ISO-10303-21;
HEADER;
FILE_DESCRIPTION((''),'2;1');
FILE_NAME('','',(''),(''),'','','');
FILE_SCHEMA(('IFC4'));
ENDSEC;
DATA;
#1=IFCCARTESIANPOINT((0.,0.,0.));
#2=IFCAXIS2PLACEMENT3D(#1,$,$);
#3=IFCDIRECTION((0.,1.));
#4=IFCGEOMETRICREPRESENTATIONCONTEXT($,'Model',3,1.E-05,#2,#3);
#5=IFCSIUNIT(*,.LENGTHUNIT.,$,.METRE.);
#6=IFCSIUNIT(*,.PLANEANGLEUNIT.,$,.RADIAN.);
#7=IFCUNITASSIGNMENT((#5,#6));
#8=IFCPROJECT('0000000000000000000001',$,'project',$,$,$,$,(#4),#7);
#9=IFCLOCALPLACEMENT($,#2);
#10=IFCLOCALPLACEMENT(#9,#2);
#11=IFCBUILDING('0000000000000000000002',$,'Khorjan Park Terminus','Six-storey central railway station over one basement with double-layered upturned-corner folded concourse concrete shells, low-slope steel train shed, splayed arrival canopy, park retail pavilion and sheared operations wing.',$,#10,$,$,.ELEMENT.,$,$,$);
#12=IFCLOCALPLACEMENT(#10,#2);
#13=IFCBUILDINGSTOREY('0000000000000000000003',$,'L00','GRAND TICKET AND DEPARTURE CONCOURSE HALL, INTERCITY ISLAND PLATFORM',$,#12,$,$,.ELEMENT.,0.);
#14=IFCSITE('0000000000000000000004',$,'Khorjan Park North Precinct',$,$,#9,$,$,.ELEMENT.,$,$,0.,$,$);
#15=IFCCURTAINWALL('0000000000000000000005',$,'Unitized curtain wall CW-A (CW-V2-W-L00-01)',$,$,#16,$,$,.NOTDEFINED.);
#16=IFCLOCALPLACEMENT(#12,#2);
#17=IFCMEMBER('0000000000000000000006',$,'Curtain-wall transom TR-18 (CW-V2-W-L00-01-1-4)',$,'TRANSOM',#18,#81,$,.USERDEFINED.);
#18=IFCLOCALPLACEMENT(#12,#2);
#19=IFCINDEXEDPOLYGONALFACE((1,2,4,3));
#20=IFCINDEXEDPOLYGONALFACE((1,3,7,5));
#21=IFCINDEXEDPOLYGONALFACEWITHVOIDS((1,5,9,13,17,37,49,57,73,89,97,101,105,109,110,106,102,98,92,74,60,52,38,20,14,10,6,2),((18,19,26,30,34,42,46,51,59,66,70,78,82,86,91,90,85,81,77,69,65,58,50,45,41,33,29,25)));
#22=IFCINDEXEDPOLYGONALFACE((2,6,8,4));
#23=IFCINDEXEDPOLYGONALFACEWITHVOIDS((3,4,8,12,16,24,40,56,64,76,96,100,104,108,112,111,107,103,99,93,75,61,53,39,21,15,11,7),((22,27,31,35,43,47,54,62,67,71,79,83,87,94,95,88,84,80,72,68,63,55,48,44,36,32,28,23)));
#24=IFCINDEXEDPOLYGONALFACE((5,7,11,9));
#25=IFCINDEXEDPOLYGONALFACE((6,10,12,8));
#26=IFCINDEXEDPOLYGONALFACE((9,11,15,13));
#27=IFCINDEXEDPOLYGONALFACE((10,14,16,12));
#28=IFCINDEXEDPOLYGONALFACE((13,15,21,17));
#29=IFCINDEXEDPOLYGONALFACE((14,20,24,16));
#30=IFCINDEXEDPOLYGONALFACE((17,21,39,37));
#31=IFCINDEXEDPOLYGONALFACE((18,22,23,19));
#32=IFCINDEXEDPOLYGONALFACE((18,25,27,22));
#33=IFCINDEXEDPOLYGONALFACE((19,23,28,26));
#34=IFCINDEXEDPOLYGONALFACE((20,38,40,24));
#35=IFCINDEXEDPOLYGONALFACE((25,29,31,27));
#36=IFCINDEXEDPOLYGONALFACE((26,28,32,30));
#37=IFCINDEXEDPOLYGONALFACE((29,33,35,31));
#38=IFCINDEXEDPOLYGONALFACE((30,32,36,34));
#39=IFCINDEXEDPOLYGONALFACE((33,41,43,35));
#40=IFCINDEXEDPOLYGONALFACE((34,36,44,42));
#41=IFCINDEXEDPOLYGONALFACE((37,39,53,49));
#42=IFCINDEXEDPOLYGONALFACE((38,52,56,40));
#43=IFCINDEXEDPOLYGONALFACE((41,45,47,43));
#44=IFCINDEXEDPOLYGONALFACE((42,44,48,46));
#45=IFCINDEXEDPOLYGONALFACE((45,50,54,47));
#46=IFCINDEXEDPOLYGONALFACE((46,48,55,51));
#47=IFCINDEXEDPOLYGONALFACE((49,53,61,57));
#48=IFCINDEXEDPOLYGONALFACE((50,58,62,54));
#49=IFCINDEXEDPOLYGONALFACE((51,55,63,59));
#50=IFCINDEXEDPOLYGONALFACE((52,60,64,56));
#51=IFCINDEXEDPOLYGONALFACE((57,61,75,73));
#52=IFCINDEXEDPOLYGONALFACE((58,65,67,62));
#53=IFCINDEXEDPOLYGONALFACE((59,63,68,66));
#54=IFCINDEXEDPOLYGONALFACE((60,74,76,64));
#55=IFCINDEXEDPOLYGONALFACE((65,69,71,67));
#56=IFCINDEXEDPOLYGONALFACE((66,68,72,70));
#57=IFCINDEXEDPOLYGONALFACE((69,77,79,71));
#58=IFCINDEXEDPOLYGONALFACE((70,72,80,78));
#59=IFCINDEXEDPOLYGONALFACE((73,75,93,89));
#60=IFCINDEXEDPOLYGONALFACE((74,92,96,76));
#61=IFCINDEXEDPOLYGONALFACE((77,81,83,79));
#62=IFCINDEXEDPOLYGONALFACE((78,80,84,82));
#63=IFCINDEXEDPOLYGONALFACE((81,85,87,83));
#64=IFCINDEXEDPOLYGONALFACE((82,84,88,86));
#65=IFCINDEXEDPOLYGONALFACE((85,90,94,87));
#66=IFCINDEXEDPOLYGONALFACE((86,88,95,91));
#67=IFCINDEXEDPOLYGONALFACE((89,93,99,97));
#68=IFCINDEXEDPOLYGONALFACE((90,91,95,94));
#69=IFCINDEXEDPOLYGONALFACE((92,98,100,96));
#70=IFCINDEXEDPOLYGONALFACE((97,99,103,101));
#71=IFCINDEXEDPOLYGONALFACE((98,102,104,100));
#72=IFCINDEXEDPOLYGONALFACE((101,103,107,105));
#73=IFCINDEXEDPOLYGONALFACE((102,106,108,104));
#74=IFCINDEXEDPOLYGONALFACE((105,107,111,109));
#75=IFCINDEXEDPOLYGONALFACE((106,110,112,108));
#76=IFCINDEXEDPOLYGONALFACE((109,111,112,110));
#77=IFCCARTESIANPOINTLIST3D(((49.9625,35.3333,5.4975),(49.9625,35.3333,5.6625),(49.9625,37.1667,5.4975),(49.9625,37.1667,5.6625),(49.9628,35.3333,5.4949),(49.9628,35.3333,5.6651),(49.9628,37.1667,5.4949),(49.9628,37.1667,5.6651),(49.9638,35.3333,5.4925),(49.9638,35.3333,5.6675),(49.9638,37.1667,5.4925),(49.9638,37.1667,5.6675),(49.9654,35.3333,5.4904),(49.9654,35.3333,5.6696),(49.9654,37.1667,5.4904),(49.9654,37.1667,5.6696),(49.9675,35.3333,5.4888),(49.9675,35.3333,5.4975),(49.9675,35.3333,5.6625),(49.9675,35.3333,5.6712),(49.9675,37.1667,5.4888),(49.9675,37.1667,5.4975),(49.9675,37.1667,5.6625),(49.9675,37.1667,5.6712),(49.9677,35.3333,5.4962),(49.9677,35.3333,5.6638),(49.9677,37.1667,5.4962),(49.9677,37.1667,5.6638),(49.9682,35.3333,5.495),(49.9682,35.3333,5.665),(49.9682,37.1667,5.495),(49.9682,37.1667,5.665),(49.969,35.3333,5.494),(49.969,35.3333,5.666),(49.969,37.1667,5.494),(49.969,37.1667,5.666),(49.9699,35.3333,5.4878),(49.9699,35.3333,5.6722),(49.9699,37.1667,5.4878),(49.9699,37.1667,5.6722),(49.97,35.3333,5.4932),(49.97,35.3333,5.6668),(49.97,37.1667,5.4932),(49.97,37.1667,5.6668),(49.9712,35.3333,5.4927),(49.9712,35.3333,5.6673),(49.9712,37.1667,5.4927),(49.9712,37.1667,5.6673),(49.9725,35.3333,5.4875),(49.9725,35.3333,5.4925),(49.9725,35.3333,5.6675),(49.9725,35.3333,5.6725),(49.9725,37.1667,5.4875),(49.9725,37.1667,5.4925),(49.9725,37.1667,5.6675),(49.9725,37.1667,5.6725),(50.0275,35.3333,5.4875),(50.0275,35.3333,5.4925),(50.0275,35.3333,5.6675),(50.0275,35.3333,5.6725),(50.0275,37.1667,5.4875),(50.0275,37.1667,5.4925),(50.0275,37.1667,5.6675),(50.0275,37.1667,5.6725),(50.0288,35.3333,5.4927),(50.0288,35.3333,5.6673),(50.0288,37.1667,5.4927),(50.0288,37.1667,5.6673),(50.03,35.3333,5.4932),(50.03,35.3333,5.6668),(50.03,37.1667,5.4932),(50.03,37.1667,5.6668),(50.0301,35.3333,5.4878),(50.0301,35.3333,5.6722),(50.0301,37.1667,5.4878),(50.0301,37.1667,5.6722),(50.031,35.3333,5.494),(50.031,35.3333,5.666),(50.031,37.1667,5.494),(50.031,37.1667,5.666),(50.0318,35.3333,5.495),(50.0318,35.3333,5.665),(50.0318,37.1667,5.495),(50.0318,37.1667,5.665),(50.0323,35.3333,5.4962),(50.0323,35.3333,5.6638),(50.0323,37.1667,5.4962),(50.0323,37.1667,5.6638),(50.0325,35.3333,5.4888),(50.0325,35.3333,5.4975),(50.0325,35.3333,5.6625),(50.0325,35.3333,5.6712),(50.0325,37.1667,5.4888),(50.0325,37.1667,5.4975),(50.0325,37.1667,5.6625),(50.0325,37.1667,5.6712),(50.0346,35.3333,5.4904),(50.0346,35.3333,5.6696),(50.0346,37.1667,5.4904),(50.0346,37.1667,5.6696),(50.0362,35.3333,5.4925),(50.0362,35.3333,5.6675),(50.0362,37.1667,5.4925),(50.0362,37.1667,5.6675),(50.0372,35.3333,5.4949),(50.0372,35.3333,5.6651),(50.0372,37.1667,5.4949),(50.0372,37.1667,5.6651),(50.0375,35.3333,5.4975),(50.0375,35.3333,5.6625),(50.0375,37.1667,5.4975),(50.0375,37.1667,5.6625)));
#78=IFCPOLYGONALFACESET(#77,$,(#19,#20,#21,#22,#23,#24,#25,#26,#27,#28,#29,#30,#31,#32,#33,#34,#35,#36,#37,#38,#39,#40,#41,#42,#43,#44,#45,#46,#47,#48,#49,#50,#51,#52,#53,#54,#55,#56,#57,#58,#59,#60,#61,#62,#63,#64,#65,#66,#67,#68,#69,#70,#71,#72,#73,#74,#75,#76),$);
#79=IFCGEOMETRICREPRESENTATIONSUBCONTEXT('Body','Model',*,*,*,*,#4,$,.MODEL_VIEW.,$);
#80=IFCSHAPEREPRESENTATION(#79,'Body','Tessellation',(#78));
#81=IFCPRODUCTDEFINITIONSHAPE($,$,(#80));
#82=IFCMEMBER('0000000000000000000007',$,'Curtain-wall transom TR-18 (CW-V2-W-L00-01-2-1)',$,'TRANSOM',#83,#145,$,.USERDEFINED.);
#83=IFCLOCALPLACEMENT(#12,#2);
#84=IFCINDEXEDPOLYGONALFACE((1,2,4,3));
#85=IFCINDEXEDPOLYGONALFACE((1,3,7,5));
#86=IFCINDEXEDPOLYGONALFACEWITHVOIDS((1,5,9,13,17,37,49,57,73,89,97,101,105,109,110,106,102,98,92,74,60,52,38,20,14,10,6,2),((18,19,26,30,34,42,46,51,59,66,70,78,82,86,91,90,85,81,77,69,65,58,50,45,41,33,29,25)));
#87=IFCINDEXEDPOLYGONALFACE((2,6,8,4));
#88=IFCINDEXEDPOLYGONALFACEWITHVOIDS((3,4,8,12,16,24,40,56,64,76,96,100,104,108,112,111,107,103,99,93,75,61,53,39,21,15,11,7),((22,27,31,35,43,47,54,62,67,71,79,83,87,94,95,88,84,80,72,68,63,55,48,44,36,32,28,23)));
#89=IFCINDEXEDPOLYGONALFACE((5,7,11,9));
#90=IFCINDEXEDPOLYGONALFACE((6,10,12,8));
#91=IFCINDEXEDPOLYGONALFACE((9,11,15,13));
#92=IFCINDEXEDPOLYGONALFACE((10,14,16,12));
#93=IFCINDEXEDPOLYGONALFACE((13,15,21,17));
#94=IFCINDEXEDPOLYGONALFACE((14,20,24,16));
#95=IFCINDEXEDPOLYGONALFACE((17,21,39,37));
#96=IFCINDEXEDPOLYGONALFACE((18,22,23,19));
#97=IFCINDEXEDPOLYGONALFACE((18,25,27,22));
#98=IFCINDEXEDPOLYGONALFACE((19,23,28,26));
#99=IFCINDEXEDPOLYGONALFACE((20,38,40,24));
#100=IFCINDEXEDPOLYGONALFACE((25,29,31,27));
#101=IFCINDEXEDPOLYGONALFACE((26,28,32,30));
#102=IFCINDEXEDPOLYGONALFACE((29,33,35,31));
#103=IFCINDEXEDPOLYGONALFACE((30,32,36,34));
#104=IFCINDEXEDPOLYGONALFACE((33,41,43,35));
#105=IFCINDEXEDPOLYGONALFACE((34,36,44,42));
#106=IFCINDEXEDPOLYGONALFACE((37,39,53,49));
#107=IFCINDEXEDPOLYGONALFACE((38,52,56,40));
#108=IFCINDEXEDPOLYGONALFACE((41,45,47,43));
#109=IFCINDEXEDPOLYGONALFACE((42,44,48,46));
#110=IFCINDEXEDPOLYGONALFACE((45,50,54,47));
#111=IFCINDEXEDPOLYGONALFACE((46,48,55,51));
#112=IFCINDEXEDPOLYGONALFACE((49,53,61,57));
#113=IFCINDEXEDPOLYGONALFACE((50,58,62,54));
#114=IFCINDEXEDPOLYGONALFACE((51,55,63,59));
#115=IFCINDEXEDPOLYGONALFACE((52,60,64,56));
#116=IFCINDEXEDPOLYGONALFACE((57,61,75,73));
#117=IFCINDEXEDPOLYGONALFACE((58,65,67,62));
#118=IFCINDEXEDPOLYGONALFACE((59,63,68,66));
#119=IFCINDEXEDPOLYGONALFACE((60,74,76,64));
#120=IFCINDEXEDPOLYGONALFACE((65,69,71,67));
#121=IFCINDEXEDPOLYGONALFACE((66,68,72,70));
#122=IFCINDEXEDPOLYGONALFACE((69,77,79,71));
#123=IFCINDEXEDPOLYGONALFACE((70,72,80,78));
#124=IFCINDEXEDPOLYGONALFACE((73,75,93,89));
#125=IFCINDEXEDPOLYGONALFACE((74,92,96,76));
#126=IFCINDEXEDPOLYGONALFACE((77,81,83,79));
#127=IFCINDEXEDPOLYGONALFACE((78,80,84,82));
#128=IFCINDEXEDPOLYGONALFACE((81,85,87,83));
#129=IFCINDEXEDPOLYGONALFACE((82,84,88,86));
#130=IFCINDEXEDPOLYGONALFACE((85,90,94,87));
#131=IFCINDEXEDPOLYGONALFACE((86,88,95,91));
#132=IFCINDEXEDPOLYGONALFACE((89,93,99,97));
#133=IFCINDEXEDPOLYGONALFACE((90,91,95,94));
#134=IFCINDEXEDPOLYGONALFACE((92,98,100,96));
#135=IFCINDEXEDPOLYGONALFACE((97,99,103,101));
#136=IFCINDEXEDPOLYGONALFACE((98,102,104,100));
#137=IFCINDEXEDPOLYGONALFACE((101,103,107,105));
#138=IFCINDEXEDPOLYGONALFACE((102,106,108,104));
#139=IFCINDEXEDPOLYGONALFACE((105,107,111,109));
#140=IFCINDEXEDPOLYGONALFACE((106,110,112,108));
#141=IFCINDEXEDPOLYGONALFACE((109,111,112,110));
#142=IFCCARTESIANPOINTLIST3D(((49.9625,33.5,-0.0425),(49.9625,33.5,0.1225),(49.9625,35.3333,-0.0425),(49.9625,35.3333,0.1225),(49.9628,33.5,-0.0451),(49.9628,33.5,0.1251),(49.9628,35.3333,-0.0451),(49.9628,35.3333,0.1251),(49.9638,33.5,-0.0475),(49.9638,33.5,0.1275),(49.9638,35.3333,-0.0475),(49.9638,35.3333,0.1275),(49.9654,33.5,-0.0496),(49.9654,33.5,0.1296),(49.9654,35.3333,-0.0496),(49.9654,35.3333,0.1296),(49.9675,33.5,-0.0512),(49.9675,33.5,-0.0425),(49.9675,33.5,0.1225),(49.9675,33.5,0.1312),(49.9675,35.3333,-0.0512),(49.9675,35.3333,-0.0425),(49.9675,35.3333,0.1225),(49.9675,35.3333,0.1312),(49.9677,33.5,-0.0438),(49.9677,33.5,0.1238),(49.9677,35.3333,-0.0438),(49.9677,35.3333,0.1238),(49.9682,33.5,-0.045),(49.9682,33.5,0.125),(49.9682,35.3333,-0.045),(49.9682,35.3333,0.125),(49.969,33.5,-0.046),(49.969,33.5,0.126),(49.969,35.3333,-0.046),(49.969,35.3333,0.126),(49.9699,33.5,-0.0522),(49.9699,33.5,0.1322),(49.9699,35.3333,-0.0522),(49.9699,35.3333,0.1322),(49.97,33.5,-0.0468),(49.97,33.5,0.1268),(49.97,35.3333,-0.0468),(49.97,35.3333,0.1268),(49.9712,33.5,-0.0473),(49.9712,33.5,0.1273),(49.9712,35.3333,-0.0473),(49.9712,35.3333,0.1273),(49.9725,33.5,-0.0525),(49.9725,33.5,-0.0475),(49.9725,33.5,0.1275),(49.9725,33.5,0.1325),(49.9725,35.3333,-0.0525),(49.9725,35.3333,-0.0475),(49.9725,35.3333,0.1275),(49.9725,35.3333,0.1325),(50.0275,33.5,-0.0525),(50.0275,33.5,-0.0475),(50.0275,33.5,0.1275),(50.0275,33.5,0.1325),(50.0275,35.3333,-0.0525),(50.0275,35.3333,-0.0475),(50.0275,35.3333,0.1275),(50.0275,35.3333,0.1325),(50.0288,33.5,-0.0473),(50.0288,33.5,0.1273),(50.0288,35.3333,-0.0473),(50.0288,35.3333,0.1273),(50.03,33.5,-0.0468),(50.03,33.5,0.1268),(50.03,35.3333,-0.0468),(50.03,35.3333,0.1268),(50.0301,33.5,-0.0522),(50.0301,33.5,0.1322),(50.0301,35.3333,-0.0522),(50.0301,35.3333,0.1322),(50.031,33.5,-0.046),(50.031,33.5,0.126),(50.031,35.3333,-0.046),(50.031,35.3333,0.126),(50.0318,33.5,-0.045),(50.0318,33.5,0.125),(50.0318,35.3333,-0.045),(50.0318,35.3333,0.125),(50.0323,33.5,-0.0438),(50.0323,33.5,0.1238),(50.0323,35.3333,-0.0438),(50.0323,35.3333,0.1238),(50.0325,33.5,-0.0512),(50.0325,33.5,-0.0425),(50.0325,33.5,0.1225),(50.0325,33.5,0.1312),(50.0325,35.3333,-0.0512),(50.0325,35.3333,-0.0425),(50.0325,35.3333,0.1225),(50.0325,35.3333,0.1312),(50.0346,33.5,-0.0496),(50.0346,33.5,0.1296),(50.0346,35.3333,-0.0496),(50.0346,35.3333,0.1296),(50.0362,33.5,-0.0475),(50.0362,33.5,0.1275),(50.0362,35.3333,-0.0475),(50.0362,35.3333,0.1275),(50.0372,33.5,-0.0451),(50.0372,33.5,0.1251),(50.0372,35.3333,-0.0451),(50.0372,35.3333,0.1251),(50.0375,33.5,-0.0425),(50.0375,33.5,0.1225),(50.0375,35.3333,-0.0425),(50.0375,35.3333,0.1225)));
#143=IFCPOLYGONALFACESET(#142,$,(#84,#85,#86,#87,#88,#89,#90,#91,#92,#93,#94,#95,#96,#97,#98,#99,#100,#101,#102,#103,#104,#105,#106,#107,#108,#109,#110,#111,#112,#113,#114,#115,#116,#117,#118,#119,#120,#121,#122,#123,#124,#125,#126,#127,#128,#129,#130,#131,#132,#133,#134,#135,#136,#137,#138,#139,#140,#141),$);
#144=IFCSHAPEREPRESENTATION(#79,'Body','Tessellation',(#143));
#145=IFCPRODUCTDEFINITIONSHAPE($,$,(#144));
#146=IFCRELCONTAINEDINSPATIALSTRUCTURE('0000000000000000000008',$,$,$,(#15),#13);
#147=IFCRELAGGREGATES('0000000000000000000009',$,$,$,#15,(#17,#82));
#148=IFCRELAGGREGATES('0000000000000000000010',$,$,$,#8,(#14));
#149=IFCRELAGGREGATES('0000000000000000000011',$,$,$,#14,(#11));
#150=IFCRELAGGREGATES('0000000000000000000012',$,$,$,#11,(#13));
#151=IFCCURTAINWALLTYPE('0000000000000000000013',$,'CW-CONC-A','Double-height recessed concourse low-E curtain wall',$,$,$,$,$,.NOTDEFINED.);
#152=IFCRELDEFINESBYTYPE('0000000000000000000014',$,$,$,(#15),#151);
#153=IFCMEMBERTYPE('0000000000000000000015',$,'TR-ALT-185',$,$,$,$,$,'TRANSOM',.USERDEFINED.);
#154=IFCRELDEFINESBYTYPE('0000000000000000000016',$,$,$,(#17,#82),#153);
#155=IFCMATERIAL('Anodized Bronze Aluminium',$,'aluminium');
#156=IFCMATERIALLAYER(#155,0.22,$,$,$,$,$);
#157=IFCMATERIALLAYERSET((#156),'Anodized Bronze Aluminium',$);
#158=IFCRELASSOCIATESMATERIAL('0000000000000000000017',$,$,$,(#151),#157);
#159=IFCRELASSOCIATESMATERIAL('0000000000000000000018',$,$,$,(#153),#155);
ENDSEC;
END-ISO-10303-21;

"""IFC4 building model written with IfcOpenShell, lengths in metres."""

from ifc_helpers import new_model, si_unit, direction, frame, origin, origin_2d, place, context, subcontext, project, spatial, hollow_rectangle, extrude, material, layer, layer_set, material_profile, profile_set, type_object, element, aggregate, save


model = new_model("IFC4")

# Units and contexts
model_context = context("Model", 3, precision=1e-05, world=origin(), true_north=direction((0.0, 1.0)))
body_context = subcontext(model_context, "Body", "Model", "MODEL_VIEW")
ifc_project = project(units=[si_unit("LENGTHUNIT", "METRE"), si_unit("PLANEANGLEUNIT", "RADIAN")], contexts=[model_context])

# Site, building, storey
site_placement = place(None, origin())
site = spatial("IfcSite", under=ifc_project, at=site_placement, Name="Khorjan Park North Precinct", CompositionType="ELEMENT", RefElevation=0.0)
building_placement = place(site_placement, origin())
building = spatial("IfcBuilding", under=site, at=building_placement, Name="Khorjan Park Terminus", Description="Six-storey central railway station over one basement with double-layered upturned-corner folded concourse concrete shells, low-slope steel train shed, splayed arrival canopy, park retail pavilion and sheared operations wing.", CompositionType="ELEMENT")
storey_placement = place(building_placement, origin())
storey = spatial("IfcBuildingStorey", under=building, at=storey_placement, Name="L00", Description="GRAND TICKET AND DEPARTURE CONCOURSE HALL, INTERCITY ISLAND PLATFORM", CompositionType="ELEMENT", Elevation=0.0)

# Curtain wall, members
ifc_material_1 = material(Name="Anodized Bronze Aluminium", Category="aluminium")
ifc_layer_1 = layer(ifc_material_1, 0.22)
ifc_layer_set_1 = layer_set([ifc_layer_1], Name="Anodized Bronze Aluminium")
curtain_wall_type = type_object("IfcCurtainWallType", Name="CW-CONC-A", Description="Double-height recessed concourse low-E curtain wall", PredefinedType="NOTDEFINED", material=ifc_layer_set_1)
curtain_wall_placement = place(storey_placement, origin())
curtain_wall = element("IfcCurtainWall", 1, at=curtain_wall_placement, inside=storey, type_object=curtain_wall_type, Name="Unitized curtain wall CW-A (CW-V2-W-L00-01)", PredefinedType="NOTDEFINED")
ifc_material_profile_1 = material_profile(ifc_material_1, hollow_rectangle(XDim=0.075, YDim=0.185, WallThickness=0.005, InnerFilletRadius=0.005, OuterFilletRadius=0.01, at=origin_2d()), Name="ALT 75x185x5")
ifc_profile_set_1 = profile_set([ifc_material_profile_1], Name="Anodized Bronze Aluminium")
member_type_1 = type_object("IfcMemberType", Name="TR-ALT-185", ElementType="TRANSOM", PredefinedType="USERDEFINED", material=ifc_profile_set_1)
member_1_placement = place(storey_placement, frame((50.0, 37.1667, 5.58), z_axis=(0.0, -1.0, 0.0), x_axis=(1.0, 0.0, 0.0)))
member_1 = element("IfcMember", 2, at=member_1_placement, type_object=member_type_1, Name="Curtain-wall transom TR-18 (CW-V2-W-L00-01-1-4)", ObjectType="TRANSOM", PredefinedType="USERDEFINED", context=body_context, shape_type="SweptSolid", body=[
    extrude(hollow_rectangle(XDim=0.075, YDim=0.185, WallThickness=0.005, InnerFilletRadius=0.005, OuterFilletRadius=0.01, at=origin_2d()), origin(), (0.0, 0.0, 1.0), 1.8334),
])
member_2_placement = place(storey_placement, frame((50.0, 35.3333, 0.04), z_axis=(0.0, -1.0, 0.0), x_axis=(1.0, 0.0, 0.0)))
member_2 = element("IfcMember", 3, at=member_2_placement, type_object=member_type_1, Name="Curtain-wall transom TR-18 (CW-V2-W-L00-01-2-1)", ObjectType="TRANSOM", PredefinedType="USERDEFINED", context=body_context, shape_type="SweptSolid", body=[
    extrude(hollow_rectangle(XDim=0.075, YDim=0.185, WallThickness=0.005, InnerFilletRadius=0.005, OuterFilletRadius=0.01, at=origin_2d()), origin(), (0.0, 0.0, 1.0), 1.8333),
])
aggregate(curtain_wall, [member_1, member_2])

save(model, "model.ifc")
